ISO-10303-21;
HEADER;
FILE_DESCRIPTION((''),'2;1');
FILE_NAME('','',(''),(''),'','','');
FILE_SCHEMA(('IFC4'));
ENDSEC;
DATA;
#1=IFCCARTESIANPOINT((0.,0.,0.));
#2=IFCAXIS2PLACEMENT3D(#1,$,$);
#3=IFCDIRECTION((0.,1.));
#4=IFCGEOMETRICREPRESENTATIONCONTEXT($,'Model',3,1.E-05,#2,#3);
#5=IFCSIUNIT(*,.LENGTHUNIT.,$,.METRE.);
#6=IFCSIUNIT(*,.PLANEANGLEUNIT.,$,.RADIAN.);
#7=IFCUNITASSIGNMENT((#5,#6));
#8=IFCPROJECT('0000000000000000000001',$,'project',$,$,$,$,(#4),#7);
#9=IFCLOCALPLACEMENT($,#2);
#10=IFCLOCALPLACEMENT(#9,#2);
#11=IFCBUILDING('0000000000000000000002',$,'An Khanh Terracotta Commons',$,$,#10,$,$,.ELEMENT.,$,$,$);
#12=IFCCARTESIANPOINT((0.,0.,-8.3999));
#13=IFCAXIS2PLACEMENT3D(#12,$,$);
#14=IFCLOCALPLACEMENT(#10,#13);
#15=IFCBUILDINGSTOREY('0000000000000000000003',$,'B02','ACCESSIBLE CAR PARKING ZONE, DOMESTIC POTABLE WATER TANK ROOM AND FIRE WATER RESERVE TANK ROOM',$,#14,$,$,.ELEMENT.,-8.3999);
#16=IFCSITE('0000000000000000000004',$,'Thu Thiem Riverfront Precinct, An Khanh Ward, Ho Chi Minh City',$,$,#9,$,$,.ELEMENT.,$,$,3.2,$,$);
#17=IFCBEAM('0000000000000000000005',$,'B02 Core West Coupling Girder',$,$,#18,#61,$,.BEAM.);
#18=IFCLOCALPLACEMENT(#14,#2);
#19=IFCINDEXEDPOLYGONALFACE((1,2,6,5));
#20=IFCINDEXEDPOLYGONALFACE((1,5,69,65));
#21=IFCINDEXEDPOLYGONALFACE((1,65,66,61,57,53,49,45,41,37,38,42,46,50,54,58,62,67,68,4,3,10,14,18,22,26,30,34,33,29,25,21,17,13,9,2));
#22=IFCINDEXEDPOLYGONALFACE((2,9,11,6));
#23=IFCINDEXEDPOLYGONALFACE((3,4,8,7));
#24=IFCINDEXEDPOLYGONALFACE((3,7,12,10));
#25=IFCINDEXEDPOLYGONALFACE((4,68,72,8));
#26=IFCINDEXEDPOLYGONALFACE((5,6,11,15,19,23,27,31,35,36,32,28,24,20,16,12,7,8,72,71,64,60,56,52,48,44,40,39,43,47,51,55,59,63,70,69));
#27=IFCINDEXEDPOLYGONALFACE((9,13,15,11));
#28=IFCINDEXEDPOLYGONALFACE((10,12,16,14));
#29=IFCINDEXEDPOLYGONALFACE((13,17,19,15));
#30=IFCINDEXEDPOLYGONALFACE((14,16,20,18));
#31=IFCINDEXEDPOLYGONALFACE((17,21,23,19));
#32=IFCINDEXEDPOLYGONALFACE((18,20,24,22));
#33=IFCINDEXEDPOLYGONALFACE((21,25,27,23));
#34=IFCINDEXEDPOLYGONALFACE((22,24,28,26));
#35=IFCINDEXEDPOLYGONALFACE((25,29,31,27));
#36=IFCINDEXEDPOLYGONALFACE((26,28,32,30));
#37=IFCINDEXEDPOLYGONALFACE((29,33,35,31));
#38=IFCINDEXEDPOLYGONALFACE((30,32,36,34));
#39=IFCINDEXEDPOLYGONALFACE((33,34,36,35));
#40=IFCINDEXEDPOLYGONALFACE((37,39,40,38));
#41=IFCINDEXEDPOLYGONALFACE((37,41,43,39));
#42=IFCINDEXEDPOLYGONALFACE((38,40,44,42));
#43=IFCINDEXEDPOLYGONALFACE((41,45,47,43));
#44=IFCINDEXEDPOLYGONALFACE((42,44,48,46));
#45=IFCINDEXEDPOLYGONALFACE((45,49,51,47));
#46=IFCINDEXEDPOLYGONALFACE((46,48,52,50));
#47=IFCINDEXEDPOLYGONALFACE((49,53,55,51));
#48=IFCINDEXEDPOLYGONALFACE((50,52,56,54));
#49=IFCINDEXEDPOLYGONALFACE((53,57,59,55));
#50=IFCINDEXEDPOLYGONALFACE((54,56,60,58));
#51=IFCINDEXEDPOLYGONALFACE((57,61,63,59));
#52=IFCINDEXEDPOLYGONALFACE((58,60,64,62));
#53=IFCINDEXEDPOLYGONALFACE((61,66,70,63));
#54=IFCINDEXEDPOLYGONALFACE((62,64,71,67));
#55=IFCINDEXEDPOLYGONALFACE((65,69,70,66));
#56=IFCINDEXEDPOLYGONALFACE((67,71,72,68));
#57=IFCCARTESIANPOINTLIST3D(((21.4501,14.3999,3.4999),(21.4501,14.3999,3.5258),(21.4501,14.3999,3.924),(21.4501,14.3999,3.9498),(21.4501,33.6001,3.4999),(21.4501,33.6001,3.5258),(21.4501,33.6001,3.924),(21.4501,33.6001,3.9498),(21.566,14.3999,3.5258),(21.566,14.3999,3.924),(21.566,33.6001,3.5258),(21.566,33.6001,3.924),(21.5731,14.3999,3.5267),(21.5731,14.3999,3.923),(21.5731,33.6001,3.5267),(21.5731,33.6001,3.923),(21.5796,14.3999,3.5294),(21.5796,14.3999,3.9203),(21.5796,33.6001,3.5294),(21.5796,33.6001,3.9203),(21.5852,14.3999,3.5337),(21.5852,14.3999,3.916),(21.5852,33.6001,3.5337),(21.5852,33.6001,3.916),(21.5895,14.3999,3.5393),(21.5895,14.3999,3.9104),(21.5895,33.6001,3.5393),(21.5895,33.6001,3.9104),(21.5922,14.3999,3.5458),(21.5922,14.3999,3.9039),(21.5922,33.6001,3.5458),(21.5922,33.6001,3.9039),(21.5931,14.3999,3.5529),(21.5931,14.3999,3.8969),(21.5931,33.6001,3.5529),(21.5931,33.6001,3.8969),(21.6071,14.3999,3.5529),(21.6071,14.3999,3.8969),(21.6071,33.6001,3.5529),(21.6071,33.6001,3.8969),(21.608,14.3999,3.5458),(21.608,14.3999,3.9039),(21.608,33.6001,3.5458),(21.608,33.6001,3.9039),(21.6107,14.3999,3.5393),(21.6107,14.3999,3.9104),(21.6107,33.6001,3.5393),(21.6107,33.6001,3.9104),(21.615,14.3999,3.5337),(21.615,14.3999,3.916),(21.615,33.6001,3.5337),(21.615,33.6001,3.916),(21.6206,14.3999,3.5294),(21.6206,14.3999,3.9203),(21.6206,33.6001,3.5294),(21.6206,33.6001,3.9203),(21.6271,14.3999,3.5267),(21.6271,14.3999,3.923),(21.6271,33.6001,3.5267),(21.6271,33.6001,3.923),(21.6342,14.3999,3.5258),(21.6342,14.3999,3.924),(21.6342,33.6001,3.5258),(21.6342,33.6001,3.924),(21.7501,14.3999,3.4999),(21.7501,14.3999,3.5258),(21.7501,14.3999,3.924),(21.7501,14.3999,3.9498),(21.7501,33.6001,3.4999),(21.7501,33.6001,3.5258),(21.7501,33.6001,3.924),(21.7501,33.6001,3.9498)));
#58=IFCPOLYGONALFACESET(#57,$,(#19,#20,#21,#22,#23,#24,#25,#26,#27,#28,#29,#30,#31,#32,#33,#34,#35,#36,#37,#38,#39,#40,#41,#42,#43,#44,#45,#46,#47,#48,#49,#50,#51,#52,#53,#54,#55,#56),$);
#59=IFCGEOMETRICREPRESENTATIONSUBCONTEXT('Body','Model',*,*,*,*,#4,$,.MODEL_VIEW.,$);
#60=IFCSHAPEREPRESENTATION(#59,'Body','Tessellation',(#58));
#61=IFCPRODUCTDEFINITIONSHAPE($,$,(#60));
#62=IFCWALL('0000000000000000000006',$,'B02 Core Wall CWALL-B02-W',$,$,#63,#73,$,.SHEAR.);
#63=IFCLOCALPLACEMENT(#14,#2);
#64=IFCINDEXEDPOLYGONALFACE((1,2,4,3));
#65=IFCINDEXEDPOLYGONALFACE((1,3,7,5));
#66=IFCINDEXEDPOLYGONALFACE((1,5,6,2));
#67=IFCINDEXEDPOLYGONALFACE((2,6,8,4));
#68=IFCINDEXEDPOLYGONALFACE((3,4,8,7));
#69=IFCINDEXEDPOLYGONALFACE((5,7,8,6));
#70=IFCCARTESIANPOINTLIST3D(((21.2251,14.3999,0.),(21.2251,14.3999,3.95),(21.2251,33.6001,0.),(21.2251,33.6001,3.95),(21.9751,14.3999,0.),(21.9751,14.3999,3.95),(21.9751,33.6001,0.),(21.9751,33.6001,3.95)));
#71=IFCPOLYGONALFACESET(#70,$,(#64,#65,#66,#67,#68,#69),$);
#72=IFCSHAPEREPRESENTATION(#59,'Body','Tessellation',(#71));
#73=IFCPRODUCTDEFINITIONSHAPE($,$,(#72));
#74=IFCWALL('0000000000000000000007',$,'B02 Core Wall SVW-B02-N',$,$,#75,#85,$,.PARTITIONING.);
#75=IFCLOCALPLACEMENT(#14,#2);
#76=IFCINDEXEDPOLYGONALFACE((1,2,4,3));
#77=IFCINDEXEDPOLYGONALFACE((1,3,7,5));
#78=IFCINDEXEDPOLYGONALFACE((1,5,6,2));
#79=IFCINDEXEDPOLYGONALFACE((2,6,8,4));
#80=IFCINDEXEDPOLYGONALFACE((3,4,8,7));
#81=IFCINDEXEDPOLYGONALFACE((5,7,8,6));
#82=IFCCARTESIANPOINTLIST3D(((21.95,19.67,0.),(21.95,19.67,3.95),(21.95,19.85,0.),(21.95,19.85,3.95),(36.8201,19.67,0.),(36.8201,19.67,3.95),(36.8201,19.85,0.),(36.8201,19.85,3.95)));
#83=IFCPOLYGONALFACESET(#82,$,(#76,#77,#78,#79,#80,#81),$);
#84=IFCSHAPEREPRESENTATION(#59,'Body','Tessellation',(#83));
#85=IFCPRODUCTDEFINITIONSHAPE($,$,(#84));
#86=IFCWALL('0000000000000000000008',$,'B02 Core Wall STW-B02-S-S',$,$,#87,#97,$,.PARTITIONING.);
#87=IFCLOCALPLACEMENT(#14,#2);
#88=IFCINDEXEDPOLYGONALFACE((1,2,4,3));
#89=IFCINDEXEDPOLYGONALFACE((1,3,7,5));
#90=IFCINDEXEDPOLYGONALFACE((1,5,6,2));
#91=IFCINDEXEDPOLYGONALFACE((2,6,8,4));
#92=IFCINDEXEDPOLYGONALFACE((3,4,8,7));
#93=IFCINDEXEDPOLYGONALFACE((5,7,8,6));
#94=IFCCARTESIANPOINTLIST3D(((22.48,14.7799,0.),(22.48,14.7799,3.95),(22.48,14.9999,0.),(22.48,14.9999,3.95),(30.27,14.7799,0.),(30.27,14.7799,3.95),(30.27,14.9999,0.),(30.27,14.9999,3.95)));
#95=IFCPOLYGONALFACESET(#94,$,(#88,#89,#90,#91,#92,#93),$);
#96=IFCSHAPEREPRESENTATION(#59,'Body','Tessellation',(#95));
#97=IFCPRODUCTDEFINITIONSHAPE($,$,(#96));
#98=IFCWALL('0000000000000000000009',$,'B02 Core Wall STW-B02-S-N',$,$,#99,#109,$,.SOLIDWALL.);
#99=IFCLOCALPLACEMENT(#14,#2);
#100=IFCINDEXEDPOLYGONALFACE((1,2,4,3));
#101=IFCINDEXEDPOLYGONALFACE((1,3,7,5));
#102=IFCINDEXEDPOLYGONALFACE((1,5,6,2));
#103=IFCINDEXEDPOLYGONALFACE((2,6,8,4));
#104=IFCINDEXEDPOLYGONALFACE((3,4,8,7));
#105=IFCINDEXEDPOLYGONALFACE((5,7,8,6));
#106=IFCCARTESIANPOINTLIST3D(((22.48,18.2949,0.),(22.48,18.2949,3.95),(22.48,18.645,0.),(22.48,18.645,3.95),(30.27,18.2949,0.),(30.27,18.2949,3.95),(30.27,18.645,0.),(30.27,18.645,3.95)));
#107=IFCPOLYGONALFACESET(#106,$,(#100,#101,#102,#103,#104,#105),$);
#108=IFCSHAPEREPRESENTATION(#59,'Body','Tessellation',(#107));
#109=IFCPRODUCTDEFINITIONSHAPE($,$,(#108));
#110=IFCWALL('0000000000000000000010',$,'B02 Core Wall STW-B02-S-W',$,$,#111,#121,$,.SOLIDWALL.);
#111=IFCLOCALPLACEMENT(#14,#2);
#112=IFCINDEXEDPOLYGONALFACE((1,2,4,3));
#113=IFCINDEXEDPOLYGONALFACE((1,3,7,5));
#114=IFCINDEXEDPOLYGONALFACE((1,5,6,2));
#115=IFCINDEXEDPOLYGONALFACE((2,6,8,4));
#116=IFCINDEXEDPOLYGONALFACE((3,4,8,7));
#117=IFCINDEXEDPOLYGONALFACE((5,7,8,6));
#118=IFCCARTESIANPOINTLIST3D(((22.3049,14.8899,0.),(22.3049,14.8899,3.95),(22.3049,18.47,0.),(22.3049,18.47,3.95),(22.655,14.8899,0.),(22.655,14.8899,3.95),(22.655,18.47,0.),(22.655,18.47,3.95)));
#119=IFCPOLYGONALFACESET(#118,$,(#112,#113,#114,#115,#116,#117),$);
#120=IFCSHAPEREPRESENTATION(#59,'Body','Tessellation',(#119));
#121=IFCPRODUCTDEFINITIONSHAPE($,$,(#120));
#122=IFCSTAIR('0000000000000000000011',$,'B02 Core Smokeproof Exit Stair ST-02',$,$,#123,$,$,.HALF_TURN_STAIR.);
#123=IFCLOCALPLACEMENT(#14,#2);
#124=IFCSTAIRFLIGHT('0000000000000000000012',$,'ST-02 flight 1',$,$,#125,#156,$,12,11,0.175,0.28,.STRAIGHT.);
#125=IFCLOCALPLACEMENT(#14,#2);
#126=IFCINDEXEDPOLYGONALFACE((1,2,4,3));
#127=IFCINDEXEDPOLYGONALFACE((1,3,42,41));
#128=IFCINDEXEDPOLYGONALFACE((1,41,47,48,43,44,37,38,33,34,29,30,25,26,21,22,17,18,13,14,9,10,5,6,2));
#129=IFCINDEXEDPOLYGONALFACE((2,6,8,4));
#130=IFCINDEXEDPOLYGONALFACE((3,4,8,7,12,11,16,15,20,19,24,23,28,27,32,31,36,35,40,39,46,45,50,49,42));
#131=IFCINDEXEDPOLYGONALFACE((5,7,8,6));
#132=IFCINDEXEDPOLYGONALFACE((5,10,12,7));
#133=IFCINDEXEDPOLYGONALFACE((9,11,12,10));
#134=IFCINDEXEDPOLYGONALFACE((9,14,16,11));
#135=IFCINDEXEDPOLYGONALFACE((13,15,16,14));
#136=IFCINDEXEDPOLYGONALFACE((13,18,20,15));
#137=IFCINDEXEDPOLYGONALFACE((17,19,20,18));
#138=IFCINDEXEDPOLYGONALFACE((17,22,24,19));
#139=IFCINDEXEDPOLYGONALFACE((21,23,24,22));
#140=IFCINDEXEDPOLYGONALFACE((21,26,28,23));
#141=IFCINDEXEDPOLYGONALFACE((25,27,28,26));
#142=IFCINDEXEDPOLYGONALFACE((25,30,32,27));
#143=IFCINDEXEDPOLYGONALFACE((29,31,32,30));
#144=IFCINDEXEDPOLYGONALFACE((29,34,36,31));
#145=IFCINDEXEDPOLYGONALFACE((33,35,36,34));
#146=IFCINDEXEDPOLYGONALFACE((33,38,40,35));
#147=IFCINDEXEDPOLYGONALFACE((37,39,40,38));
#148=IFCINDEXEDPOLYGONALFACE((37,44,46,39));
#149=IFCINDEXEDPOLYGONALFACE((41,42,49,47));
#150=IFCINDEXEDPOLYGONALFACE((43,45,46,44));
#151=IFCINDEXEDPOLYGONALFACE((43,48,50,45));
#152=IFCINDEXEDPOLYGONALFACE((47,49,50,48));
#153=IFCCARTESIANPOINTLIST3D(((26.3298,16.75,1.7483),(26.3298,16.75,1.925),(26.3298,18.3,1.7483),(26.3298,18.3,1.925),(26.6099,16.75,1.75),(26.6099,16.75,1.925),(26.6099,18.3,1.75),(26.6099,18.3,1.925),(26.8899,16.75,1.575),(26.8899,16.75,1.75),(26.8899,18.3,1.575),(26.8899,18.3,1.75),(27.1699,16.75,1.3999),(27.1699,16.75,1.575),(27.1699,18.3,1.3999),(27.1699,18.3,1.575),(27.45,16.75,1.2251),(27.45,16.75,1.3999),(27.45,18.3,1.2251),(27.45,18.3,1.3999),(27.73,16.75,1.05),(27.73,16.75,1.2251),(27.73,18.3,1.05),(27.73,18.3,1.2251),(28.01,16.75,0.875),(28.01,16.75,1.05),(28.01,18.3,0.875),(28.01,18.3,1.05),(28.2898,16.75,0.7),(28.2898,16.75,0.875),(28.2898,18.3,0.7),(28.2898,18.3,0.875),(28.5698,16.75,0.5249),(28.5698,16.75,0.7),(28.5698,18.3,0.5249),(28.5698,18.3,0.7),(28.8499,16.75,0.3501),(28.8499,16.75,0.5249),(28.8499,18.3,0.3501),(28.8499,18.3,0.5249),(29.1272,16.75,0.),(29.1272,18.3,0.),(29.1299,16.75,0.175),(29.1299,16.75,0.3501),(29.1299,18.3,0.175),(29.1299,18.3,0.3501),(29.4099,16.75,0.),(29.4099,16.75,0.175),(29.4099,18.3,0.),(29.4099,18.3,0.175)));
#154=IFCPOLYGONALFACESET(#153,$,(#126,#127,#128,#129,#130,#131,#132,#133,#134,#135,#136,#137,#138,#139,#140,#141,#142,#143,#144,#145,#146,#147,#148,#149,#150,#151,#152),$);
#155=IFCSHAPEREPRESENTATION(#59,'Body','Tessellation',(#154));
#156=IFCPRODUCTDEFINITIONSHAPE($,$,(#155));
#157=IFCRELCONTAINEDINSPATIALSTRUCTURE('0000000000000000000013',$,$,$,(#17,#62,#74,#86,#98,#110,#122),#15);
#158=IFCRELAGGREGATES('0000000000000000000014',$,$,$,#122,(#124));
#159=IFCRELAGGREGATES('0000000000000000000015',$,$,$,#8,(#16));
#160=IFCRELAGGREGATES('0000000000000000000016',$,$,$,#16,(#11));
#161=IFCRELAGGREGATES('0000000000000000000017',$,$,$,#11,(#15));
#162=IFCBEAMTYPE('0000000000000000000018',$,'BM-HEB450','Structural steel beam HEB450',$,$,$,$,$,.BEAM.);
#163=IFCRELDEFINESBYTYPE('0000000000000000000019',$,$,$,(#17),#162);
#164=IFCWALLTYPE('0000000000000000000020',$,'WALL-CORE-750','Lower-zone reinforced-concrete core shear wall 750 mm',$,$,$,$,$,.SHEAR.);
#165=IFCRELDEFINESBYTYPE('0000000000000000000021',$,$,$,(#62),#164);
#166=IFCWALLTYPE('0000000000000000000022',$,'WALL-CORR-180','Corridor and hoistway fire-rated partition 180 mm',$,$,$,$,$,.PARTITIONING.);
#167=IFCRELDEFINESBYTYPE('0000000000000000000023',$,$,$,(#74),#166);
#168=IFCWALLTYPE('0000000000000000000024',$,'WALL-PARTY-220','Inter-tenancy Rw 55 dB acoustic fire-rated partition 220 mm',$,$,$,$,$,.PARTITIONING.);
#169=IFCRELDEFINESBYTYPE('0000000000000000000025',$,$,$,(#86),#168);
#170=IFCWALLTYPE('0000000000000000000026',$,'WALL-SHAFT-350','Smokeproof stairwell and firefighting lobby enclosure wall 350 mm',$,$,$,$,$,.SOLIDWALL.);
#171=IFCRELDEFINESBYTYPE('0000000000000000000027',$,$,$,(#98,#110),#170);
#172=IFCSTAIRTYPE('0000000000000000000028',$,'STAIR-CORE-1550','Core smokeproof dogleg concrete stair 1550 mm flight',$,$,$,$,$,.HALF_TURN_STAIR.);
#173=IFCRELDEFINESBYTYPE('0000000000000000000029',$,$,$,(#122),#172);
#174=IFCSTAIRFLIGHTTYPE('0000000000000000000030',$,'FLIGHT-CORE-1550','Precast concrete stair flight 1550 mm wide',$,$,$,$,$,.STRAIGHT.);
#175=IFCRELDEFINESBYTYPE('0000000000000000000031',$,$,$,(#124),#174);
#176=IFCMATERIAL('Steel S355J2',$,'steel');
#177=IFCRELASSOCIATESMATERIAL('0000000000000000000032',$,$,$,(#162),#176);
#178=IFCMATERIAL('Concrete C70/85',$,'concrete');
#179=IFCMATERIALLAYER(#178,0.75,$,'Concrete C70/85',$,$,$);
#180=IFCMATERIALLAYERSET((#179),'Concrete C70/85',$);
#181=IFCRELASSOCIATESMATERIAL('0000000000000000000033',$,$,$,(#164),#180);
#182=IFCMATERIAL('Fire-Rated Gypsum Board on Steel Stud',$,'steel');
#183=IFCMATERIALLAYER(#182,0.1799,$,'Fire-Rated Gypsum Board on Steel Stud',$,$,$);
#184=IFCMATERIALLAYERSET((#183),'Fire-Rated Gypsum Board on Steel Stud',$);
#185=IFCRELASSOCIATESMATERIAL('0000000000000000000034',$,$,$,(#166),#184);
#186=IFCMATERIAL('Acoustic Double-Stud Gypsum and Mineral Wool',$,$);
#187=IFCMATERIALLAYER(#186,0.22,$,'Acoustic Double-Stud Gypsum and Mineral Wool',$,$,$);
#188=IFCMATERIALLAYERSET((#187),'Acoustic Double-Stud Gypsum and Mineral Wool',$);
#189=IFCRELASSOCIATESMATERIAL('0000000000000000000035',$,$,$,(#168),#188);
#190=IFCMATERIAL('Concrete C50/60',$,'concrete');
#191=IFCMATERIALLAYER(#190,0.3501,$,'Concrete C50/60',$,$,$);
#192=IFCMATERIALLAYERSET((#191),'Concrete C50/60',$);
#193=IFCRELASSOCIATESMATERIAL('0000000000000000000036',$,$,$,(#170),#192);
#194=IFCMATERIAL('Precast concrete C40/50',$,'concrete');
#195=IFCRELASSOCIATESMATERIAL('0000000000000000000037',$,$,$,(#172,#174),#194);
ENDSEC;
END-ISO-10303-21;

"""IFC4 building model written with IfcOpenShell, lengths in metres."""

from ifc_helpers import new_model, si_unit, direction, frame, frame_2d, origin, origin_2d, place, context, subcontext, project, spatial, polyline, rectangle, i_section, outline, extrude, material, layer, layer_set, material_profile, profile_set, type_object, element, aggregate, save


model = new_model("IFC4")

# Units and contexts
model_context = context("Model", 3, precision=1e-05, world=origin(), true_north=direction((0.0, 1.0)))
body_context = subcontext(model_context, "Body", "Model", "MODEL_VIEW")
ifc_project = project(units=[si_unit("LENGTHUNIT", "METRE"), si_unit("PLANEANGLEUNIT", "RADIAN")], contexts=[model_context])

# Site, building, storey
site_placement = place(None, origin())
site = spatial("IfcSite", under=ifc_project, at=site_placement, Name="Thu Thiem Riverfront Precinct, An Khanh Ward, Ho Chi Minh City", CompositionType="ELEMENT", RefElevation=3.2)
building_placement = place(site_placement, origin())
building = spatial("IfcBuilding", under=site, at=building_placement, Name="An Khanh Terracotta Commons", CompositionType="ELEMENT")
storey_placement = place(building_placement, frame((0.0, 0.0, -8.3999)))
storey = spatial("IfcBuildingStorey", under=building, at=storey_placement, Name="B02", Description="ACCESSIBLE CAR PARKING ZONE, DOMESTIC POTABLE WATER TANK ROOM AND FIRE WATER RESERVE TANK ROOM", CompositionType="ELEMENT", Elevation=-8.3999)

# Shared definitions
ifc_material_1 = material(Name="Concrete C50/60", Category="concrete")

# Shared definitions
ifc_material_2 = material(Name="Concrete C70/85", Category="concrete")

# Beam
ifc_material_3 = material(Name="Steel S355J2", Category="steel")
ifc_material_profile_1 = material_profile(ifc_material_3, i_section(OverallWidth=0.3, OverallDepth=0.45, WebThickness=0.0139, FlangeThickness=0.0259, FilletRadius=0.0271, at=origin_2d()), Name="HEB450")
ifc_profile_set_1 = profile_set([ifc_material_profile_1], Name="Steel S355J2")
beam_type = type_object("IfcBeamType", Name="BM-HEB450", Description="Structural steel beam HEB450", PredefinedType="BEAM", material=ifc_profile_set_1)
beam_placement = place(storey_placement, frame((21.6001, 14.3999, 3.7249), z_axis=(0.0, 1.0, 0.0), x_axis=(-1.0, 0.0, 0.0)))
element("IfcBeam", 1, at=beam_placement, inside=storey, type_object=beam_type, Name="B02 Core West Coupling Girder", PredefinedType="BEAM", context=body_context, shape_type="SweptSolid", body=[
    extrude(i_section(OverallWidth=0.3, OverallDepth=0.45, WebThickness=0.0139, FlangeThickness=0.0259, FilletRadius=0.0271, at=origin_2d()), origin(), (0.0, 0.0, 1.0), 19.2002),
])

# Walls
ifc_layer_1 = layer(ifc_material_2, 0.75, Name="Concrete C70/85")
ifc_layer_set_1 = layer_set([ifc_layer_1], Name="Concrete C70/85")
wall_type_1 = type_object("IfcWallType", Name="WALL-CORE-750", Description="Lower-zone reinforced-concrete core shear wall 750 mm", PredefinedType="SHEAR", material=ifc_layer_set_1)
wall_1_placement = place(storey_placement, frame((21.6001, 14.3999, 0.0), z_axis=(0.0, 0.0, 1.0), x_axis=(0.0, 1.0, 0.0)))
element("IfcWall", 2, at=wall_1_placement, inside=storey, type_object=wall_type_1, Name="B02 Core Wall CWALL-B02-W", PredefinedType="SHEAR", context=body_context, shape_type="SweptSolid", body=[
    extrude(rectangle(XDim=19.2002, YDim=0.75, at=frame_2d((9.6001, 0.0))), origin(), (0.0, 0.0, 1.0), 3.95),
])
ifc_material_4 = material(Name="Fire-Rated Gypsum Board on Steel Stud", Category="steel")
ifc_layer_2 = layer(ifc_material_4, 0.1799, Name="Fire-Rated Gypsum Board on Steel Stud")
ifc_layer_set_2 = layer_set([ifc_layer_2], Name="Fire-Rated Gypsum Board on Steel Stud")
wall_type_2 = type_object("IfcWallType", Name="WALL-CORR-180", Description="Corridor and hoistway fire-rated partition 180 mm", PredefinedType="PARTITIONING", material=ifc_layer_set_2)
wall_2_placement = place(storey_placement, frame((21.95, 19.76, 0.0), z_axis=(0.0, 0.0, 1.0), x_axis=(1.0, 0.0, 0.0)))
element("IfcWall", 3, at=wall_2_placement, inside=storey, type_object=wall_type_2, Name="B02 Core Wall SVW-B02-N", PredefinedType="PARTITIONING", context=body_context, shape_type="SweptSolid", body=[
    extrude(rectangle(XDim=14.8701, YDim=0.1799, at=frame_2d((7.4351, 0.0))), origin(), (0.0, 0.0, 1.0), 3.95),
])
ifc_material_5 = material(Name="Acoustic Double-Stud Gypsum and Mineral Wool")
ifc_layer_3 = layer(ifc_material_5, 0.22, Name="Acoustic Double-Stud Gypsum and Mineral Wool")
ifc_layer_set_3 = layer_set([ifc_layer_3], Name="Acoustic Double-Stud Gypsum and Mineral Wool")
wall_type_3 = type_object("IfcWallType", Name="WALL-PARTY-220", Description="Inter-tenancy Rw 55 dB acoustic fire-rated partition 220 mm", PredefinedType="PARTITIONING", material=ifc_layer_set_3)
wall_3_placement = place(storey_placement, frame((22.48, 14.8899, 0.0), z_axis=(0.0, 0.0, 1.0), x_axis=(1.0, 0.0, 0.0)))
element("IfcWall", 4, at=wall_3_placement, inside=storey, type_object=wall_type_3, Name="B02 Core Wall STW-B02-S-S", PredefinedType="PARTITIONING", context=body_context, shape_type="SweptSolid", body=[
    extrude(rectangle(XDim=7.79, YDim=0.22, at=frame_2d((3.895, 0.0))), origin(), (0.0, 0.0, 1.0), 3.95),
])
ifc_layer_4 = layer(ifc_material_1, 0.3501, Name="Concrete C50/60")
ifc_layer_set_4 = layer_set([ifc_layer_4], Name="Concrete C50/60")
wall_type_4 = type_object("IfcWallType", Name="WALL-SHAFT-350", Description="Smokeproof stairwell and firefighting lobby enclosure wall 350 mm", PredefinedType="SOLIDWALL", material=ifc_layer_set_4)
wall_4_placement = place(storey_placement, frame((22.48, 18.47, 0.0), z_axis=(0.0, 0.0, 1.0), x_axis=(1.0, 0.0, 0.0)))
element("IfcWall", 5, at=wall_4_placement, inside=storey, type_object=wall_type_4, Name="B02 Core Wall STW-B02-S-N", PredefinedType="SOLIDWALL", context=body_context, shape_type="SweptSolid", body=[
    extrude(rectangle(XDim=7.79, YDim=0.3501, at=frame_2d((3.895, 0.0))), origin(), (0.0, 0.0, 1.0), 3.95),
])
wall_5_placement = place(storey_placement, frame((22.48, 14.8899, 0.0), z_axis=(0.0, 0.0, 1.0), x_axis=(0.0, 1.0, 0.0)))
element("IfcWall", 6, at=wall_5_placement, inside=storey, type_object=wall_type_4, Name="B02 Core Wall STW-B02-S-W", PredefinedType="SOLIDWALL", context=body_context, shape_type="SweptSolid", body=[
    extrude(rectangle(XDim=3.5801, YDim=0.3501, at=frame_2d((1.79, 0.0))), origin(), (0.0, 0.0, 1.0), 3.95),
])

# Stair, stair flight
ifc_material_6 = material(Name="Precast concrete C40/50", Category="concrete")
stair_type = type_object("IfcStairType", Name="STAIR-CORE-1550", Description="Core smokeproof dogleg concrete stair 1550 mm flight", PredefinedType="HALF_TURN_STAIR", material=ifc_material_6)
stair_placement = place(storey_placement, origin())
stair = element("IfcStair", 7, at=stair_placement, inside=storey, type_object=stair_type, Name="B02 Core Smokeproof Exit Stair ST-02", PredefinedType="HALF_TURN_STAIR")
stair_flight_type = type_object("IfcStairFlightType", Name="FLIGHT-CORE-1550", Description="Precast concrete stair flight 1550 mm wide", PredefinedType="STRAIGHT", material=ifc_material_6)
stair_flight_1_placement = place(storey_placement, frame((29.4099, 17.5249, 0.0), z_axis=(0.0, 0.0, 1.0), x_axis=(-1.0, 0.0, 0.0)))
stair_flight_1 = element("IfcStairFlight", 8, at=stair_flight_1_placement, type_object=stair_flight_type, Name="ST-02 flight 1", NumberOfRisers=12, NumberOfTreads=11, PredefinedType="STRAIGHT", RiserHeight=0.175, TreadLength=0.28, context=body_context, shape_type="SweptSolid", body=[
    extrude(outline(polyline([(0.0, 0.0), (0.0, 0.175), (0.28, 0.175), (0.28, 0.3501), (0.5601, 0.3501), (0.5601, 0.5249), (0.8401, 0.5249), (0.8401, 0.7), (1.1201, 0.7), (1.1201, 0.875), (1.3999, 0.875), (1.3999, 1.05), (1.6799, 1.05), (1.6799, 1.2251), (1.96, 1.2251), (1.96, 1.3999), (2.24, 1.3999), (2.24, 1.575), (2.52, 1.575), (2.52, 1.75), (2.8, 1.75), (2.8, 1.925), (3.0801, 1.925), (3.0801, 2.1001), (3.0801, 1.7483), (0.2827, 0.0), (0.0, 0.0)])), frame((0.0, 0.7749, 0.0), z_axis=(0.0, -1.0, 0.0), x_axis=(1.0, 0.0, 0.0)), (0.0, 0.0, 1.0), 1.55),
])
aggregate(stair, [stair_flight_1])

save(model, "model.ifc")
